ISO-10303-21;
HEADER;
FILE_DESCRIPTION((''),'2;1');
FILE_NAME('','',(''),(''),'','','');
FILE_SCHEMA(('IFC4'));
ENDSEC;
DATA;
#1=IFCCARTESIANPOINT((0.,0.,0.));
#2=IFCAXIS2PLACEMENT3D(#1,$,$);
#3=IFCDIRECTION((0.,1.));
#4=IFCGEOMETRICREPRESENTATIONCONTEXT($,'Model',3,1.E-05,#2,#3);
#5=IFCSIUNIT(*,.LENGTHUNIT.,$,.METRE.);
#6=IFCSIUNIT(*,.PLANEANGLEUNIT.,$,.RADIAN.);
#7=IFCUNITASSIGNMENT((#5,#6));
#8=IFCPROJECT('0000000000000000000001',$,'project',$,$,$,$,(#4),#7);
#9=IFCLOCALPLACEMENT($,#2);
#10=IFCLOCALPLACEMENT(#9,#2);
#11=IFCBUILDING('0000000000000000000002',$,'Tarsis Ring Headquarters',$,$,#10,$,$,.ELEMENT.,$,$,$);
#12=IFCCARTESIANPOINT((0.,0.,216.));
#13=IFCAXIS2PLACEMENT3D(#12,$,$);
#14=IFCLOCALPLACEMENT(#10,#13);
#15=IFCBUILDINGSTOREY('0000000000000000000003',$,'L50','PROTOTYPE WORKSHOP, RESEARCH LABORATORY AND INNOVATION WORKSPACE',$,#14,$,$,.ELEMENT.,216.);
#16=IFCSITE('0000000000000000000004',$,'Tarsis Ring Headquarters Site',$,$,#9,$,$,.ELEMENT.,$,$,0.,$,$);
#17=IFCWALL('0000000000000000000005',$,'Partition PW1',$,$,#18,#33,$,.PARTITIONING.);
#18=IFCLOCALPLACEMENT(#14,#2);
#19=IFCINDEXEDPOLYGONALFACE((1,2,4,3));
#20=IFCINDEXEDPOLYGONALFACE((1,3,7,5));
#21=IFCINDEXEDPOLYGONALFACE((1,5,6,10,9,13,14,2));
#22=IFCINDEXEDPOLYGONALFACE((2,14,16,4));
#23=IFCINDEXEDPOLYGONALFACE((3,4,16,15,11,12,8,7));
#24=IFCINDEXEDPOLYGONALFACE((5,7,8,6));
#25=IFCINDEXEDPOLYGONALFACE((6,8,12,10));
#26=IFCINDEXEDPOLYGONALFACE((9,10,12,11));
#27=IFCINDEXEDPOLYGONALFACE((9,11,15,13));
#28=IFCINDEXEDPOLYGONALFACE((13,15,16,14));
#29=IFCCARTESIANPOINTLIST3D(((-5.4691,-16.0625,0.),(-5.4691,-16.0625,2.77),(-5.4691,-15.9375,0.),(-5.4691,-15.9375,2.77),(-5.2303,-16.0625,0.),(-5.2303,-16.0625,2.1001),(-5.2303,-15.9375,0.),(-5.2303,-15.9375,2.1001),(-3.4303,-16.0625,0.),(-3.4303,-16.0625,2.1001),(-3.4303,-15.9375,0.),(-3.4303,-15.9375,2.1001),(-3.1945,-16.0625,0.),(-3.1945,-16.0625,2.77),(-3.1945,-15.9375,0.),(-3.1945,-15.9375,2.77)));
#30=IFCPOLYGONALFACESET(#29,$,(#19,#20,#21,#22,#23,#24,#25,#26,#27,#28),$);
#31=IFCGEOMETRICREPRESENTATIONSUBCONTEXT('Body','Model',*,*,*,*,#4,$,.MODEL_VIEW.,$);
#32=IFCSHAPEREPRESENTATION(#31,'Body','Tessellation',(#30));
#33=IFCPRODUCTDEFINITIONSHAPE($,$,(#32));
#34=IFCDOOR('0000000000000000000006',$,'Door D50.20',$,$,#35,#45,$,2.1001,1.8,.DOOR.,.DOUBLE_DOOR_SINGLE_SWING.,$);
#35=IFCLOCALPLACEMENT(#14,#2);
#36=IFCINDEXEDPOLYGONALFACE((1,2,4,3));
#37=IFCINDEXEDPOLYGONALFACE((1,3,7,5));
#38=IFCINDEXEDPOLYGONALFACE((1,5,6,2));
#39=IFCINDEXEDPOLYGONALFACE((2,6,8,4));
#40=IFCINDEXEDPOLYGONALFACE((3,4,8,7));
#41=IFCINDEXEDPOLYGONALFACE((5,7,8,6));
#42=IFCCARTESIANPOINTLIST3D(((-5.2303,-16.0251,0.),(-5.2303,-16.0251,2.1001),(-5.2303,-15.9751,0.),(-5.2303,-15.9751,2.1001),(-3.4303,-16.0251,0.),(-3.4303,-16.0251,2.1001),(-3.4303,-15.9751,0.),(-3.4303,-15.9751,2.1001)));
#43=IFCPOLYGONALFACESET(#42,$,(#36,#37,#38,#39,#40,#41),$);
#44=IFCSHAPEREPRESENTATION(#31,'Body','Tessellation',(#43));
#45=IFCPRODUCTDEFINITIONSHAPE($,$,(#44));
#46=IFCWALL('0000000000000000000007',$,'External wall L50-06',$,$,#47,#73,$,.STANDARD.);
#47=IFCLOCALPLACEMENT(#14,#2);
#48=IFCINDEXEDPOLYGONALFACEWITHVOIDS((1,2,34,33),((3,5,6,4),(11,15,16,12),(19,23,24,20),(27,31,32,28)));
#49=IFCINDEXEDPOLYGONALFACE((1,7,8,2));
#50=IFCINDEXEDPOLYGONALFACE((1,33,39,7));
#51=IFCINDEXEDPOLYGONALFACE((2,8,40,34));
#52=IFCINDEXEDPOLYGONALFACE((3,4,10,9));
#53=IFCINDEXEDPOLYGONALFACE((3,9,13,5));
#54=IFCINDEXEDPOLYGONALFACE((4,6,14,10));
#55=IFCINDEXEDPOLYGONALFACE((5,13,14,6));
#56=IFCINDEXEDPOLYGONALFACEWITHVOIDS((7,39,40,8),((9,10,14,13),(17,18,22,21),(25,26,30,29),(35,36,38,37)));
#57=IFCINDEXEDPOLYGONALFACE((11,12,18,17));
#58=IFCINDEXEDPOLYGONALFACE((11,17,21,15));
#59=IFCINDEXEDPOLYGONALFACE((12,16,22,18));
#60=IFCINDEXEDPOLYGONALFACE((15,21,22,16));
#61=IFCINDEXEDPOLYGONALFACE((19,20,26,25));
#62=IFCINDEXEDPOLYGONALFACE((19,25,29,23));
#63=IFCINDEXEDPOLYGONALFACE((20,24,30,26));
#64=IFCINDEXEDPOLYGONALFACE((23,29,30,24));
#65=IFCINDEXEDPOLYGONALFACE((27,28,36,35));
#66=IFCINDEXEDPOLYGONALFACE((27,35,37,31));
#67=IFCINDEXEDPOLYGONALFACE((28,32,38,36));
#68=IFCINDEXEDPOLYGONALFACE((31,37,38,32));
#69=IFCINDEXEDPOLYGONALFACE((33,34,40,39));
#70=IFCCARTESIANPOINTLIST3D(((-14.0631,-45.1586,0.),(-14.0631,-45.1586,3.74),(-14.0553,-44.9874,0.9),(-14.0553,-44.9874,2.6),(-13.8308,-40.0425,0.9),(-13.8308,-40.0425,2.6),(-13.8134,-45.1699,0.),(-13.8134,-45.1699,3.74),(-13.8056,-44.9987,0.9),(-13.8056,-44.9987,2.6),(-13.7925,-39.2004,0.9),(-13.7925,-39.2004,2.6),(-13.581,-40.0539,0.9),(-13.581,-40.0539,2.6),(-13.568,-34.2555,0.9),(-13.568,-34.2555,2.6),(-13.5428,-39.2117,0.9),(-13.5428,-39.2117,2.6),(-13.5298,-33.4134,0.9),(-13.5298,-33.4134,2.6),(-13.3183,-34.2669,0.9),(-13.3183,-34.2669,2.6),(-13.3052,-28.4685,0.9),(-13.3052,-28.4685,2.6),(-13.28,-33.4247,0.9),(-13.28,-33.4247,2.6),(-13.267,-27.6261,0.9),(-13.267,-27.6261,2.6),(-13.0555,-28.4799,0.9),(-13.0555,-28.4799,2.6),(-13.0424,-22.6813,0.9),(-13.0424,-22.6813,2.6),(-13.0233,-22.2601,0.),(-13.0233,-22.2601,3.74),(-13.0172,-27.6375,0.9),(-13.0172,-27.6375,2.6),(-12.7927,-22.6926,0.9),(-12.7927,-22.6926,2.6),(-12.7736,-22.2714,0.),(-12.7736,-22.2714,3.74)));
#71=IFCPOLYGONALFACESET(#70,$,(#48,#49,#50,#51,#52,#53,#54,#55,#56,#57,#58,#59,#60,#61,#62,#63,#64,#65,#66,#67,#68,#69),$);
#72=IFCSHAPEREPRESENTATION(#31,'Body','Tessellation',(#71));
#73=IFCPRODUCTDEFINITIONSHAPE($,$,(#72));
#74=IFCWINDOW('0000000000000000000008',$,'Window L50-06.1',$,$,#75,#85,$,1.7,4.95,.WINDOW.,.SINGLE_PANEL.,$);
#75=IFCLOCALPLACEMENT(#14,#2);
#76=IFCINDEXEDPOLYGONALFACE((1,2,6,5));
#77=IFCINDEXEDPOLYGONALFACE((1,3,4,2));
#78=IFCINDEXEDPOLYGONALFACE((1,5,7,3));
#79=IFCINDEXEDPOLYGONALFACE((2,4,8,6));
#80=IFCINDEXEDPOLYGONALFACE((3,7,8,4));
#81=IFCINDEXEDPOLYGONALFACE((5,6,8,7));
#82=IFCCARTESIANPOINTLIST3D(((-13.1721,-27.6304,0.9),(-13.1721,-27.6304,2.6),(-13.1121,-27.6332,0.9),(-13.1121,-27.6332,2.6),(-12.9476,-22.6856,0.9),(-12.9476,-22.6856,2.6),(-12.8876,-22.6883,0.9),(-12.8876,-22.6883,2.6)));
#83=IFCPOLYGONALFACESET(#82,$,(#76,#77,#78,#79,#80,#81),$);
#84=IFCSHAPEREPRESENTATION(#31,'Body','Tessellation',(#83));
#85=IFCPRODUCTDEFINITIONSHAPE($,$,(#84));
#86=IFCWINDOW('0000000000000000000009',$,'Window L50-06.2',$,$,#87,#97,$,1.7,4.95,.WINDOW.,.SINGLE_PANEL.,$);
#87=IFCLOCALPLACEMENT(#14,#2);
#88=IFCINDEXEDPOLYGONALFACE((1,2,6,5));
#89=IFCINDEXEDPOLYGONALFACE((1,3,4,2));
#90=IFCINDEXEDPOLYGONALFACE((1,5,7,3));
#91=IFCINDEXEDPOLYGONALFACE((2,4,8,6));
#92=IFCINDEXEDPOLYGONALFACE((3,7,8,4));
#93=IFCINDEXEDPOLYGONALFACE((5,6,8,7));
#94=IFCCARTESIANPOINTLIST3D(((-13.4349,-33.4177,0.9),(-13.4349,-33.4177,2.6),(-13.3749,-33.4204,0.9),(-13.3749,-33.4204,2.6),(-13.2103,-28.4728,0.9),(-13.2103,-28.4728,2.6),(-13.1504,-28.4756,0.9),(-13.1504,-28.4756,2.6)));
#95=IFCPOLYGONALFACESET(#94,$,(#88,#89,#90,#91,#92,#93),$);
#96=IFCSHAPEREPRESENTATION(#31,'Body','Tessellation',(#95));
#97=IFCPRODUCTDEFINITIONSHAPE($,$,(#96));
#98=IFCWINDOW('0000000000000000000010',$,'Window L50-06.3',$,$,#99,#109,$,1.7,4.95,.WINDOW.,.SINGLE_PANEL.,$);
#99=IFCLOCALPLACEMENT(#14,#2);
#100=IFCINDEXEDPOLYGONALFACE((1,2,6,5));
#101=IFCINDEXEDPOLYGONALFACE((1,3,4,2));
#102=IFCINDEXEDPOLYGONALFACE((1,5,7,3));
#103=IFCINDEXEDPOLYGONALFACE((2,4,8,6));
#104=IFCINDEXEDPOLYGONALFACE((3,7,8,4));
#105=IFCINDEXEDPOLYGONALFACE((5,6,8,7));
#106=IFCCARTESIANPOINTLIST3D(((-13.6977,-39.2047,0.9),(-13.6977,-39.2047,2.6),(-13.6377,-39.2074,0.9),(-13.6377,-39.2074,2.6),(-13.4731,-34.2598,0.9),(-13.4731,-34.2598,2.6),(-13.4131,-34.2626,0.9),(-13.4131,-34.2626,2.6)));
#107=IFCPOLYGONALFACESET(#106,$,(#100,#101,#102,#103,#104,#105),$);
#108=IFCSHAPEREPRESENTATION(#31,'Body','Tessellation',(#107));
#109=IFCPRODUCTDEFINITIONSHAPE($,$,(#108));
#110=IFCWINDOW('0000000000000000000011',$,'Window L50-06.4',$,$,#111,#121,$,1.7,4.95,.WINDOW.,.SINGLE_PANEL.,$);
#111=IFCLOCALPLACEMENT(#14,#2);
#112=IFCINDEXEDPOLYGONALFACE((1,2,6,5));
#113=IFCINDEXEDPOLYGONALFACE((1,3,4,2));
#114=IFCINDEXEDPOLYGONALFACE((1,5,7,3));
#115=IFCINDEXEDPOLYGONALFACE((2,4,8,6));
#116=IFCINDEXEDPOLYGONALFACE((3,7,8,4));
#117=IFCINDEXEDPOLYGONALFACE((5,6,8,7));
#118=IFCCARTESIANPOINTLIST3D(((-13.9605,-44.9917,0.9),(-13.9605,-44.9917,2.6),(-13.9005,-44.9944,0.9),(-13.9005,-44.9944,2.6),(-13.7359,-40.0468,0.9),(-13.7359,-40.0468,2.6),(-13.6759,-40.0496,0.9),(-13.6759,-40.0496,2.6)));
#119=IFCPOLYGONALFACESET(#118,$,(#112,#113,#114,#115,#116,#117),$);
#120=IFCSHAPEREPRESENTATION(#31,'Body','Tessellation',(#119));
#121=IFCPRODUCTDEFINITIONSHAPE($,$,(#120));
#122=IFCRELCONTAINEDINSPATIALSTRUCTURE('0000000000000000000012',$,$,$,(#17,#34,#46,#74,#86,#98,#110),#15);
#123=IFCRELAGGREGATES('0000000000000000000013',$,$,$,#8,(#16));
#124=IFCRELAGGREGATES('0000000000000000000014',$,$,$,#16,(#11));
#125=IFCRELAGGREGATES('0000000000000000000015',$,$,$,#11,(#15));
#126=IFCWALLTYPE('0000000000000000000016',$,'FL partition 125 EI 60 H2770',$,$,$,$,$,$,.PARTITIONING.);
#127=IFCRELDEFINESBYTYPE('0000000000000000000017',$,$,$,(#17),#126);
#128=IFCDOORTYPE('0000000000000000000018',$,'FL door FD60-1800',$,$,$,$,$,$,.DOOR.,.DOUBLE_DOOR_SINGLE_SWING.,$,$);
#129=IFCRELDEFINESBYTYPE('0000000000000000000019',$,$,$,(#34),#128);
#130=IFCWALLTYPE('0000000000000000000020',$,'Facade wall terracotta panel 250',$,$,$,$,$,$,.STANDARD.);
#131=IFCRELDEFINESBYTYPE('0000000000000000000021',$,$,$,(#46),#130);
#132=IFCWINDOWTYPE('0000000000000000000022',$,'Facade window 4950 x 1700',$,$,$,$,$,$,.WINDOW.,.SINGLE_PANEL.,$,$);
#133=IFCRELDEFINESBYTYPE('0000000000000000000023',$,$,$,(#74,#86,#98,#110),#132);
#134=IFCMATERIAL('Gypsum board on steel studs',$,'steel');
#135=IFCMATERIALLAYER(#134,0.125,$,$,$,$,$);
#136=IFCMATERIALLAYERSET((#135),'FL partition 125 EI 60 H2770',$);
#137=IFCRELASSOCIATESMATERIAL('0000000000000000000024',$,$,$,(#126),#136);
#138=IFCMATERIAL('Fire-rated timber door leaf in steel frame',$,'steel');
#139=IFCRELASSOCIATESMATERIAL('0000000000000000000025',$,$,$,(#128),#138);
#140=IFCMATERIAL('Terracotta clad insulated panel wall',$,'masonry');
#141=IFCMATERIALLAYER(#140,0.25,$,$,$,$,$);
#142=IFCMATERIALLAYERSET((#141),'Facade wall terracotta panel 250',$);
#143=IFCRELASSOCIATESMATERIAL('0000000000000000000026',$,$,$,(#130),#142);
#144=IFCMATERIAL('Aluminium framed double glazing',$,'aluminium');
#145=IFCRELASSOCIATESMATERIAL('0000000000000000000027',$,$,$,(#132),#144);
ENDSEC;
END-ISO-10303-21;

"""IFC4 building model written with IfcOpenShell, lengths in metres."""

from ifc_helpers import new_model, si_unit, direction, frame, frame_2d, origin, place, context, subcontext, project, spatial, rectangle, extrude, material, layer, layer_set, type_object, element, fill, save


model = new_model("IFC4")

# Units and contexts
model_context = context("Model", 3, precision=1e-05, world=origin(), true_north=direction((0.0, 1.0)))
body_context = subcontext(model_context, "Body", "Model", "MODEL_VIEW")
ifc_project = project(units=[si_unit("LENGTHUNIT", "METRE"), si_unit("PLANEANGLEUNIT", "RADIAN")], contexts=[model_context])

# Site, building, storey
site_placement = place(None, origin())
site = spatial("IfcSite", under=ifc_project, at=site_placement, Name="Tarsis Ring Headquarters Site", CompositionType="ELEMENT", RefElevation=0.0)
building_placement = place(site_placement, origin())
building = spatial("IfcBuilding", under=site, at=building_placement, Name="Tarsis Ring Headquarters", CompositionType="ELEMENT")
storey_placement = place(building_placement, frame((0.0, 0.0, 216.0)))
storey = spatial("IfcBuildingStorey", under=building, at=storey_placement, Name="L50", Description="PROTOTYPE WORKSHOP, RESEARCH LABORATORY AND INNOVATION WORKSPACE", CompositionType="ELEMENT", Elevation=216.0)

# Shared definitions
ifc_material_1 = material(Name="Gypsum board on steel studs", Category="steel")
ifc_layer_1 = layer(ifc_material_1, 0.125)
ifc_layer_set_1 = layer_set([ifc_layer_1], Name="FL partition 125 EI 60 H2770")
wall_type_1 = type_object("IfcWallType", Name="FL partition 125 EI 60 H2770", PredefinedType="PARTITIONING", material=ifc_layer_set_1)

# Wall, opening, door
wall_1_placement = place(storey_placement, frame((-5.469, -16.0, 0.0), z_axis=(0.0, 0.0, 1.0), x_axis=(1.0, 0.0, 0.0)))
wall_1 = element("IfcWall", 1, at=wall_1_placement, inside=storey, type_object=wall_type_1, Name="Partition PW1", PredefinedType="PARTITIONING", context=body_context, shape_type="SweptSolid", body=[
    extrude(rectangle(XDim=2.2747, YDim=0.125, at=frame_2d((1.1372, 0.0))), origin(), (0.0, 0.0, 1.0), 2.77),
])
opening_1_placement = place(wall_1_placement, frame((0.2388, 0.0, 0.0)))
opening_1 = element("IfcOpeningElement", 2, at=opening_1_placement, cuts=wall_1, PredefinedType="OPENING", context=body_context, shape_type="SweptSolid", body=[
    extrude(rectangle(XDim=1.8, YDim=2.1001, at=frame_2d((0.8999, 1.05))), frame((0.0, 0.0725, 0.0), z_axis=(0.0, -1.0, 0.0), x_axis=(1.0, 0.0, 0.0)), (0.0, 0.0, 1.0), 0.145),
])
ifc_material_2 = material(Name="Fire-rated timber door leaf in steel frame", Category="steel")
door_type_1 = type_object("IfcDoorType", Name="FL door FD60-1800", OperationType="DOUBLE_DOOR_SINGLE_SWING", PredefinedType="DOOR", material=ifc_material_2)
door_1_placement = place(opening_1_placement, origin())
door_1 = element("IfcDoor", 3, at=door_1_placement, inside=storey, type_object=door_type_1, Name="Door D50.20", OperationType="DOUBLE_DOOR_SINGLE_SWING", OverallHeight=2.1001, OverallWidth=1.8, PredefinedType="DOOR", context=body_context, shape_type="SweptSolid", body=[
    extrude(rectangle(XDim=1.8, YDim=2.1001, at=frame_2d((0.8999, 1.05))), frame((0.0, 0.0249, 0.0), z_axis=(0.0, -1.0, 0.0), x_axis=(1.0, 0.0, 0.0)), (0.0, 0.0, 1.0), 0.05),
])
fill(opening_1, door_1)

# Wall, openings, windows
ifc_material_3 = material(Name="Terracotta clad insulated panel wall", Category="masonry")
ifc_layer_2 = layer(ifc_material_3, 0.25)
ifc_layer_set_2 = layer_set([ifc_layer_2], Name="Facade wall terracotta panel 250")
wall_type_2 = type_object("IfcWallType", Name="Facade wall terracotta panel 250", PredefinedType="STANDARD", material=ifc_layer_set_2)
wall_2_placement = place(storey_placement, frame((-12.8984, -22.2659, 0.0), z_axis=(0.0, 0.0, 1.0), x_axis=(-0.045362, -0.998971, 0.0)))
wall_2 = element("IfcWall", 4, at=wall_2_placement, inside=storey, type_object=wall_type_2, Name="External wall L50-06", PredefinedType="STANDARD", context=body_context, shape_type="SweptSolid", body=[
    extrude(rectangle(XDim=22.9221, YDim=0.25, at=frame_2d((11.4609, 0.0))), origin(), (0.0, 0.0, 1.0), 3.74),
])
opening_2_placement = place(wall_2_placement, frame((0.4214, 0.0, 0.8999)))
opening_2 = element("IfcOpeningElement", 5, at=opening_2_placement, cuts=wall_2, PredefinedType="OPENING", context=body_context, shape_type="SweptSolid", body=[
    extrude(rectangle(XDim=4.95, YDim=1.7, at=frame_2d((2.4751, 0.8501))), frame((0.0, 0.135, 0.0), z_axis=(0.0, -1.0, 0.0), x_axis=(1.0, 0.0, 0.0)), (0.0, 0.0, 1.0), 0.27),
])
opening_3_placement = place(wall_2_placement, frame((6.2146, 0.0, 0.8999)))
opening_3 = element("IfcOpeningElement", 6, at=opening_3_placement, cuts=wall_2, PredefinedType="OPENING", context=body_context, shape_type="SweptSolid", body=[
    extrude(rectangle(XDim=4.95, YDim=1.7, at=frame_2d((2.4751, 0.8501))), frame((0.0, 0.135, 0.0), z_axis=(0.0, -1.0, 0.0), x_axis=(1.0, 0.0, 0.0)), (0.0, 0.0, 1.0), 0.27),
])
opening_4_placement = place(wall_2_placement, frame((12.0076, 0.0, 0.8999)))
opening_4 = element("IfcOpeningElement", 7, at=opening_4_placement, cuts=wall_2, PredefinedType="OPENING", context=body_context, shape_type="SweptSolid", body=[
    extrude(rectangle(XDim=4.95, YDim=1.7, at=frame_2d((2.4751, 0.8501))), frame((0.0, 0.135, 0.0), z_axis=(0.0, -1.0, 0.0), x_axis=(1.0, 0.0, 0.0)), (0.0, 0.0, 1.0), 0.27),
])
opening_5_placement = place(wall_2_placement, frame((17.8005, 0.0, 0.8999)))
opening_5 = element("IfcOpeningElement", 8, at=opening_5_placement, cuts=wall_2, PredefinedType="OPENING", context=body_context, shape_type="SweptSolid", body=[
    extrude(rectangle(XDim=4.95, YDim=1.7, at=frame_2d((2.4751, 0.8501))), frame((0.0, 0.135, 0.0), z_axis=(0.0, -1.0, 0.0), x_axis=(1.0, 0.0, 0.0)), (0.0, 0.0, 1.0), 0.27),
])
ifc_material_4 = material(Name="Aluminium framed double glazing", Category="aluminium")
window_type = type_object("IfcWindowType", Name="Facade window 4950 x 1700", PartitioningType="SINGLE_PANEL", PredefinedType="WINDOW", material=ifc_material_4)
window_1_placement = place(opening_2_placement, origin())
window_1 = element("IfcWindow", 9, at=window_1_placement, inside=storey, type_object=window_type, Name="Window L50-06.1", OverallHeight=1.7, OverallWidth=4.95, PartitioningType="SINGLE_PANEL", PredefinedType="WINDOW", context=body_context, shape_type="SweptSolid", body=[
    extrude(rectangle(XDim=4.95, YDim=1.7, at=frame_2d((2.4751, 0.8501))), frame((0.0, 0.03, 0.0), z_axis=(0.0, -1.0, 0.0), x_axis=(1.0, 0.0, 0.0)), (0.0, 0.0, 1.0), 0.0601),
])
fill(opening_2, window_1)
window_2_placement = place(opening_3_placement, origin())
window_2 = element("IfcWindow", 10, at=window_2_placement, inside=storey, type_object=window_type, Name="Window L50-06.2", OverallHeight=1.7, OverallWidth=4.95, PartitioningType="SINGLE_PANEL", PredefinedType="WINDOW", context=body_context, shape_type="SweptSolid", body=[
    extrude(rectangle(XDim=4.95, YDim=1.7, at=frame_2d((2.4751, 0.8501))), frame((0.0, 0.03, 0.0), z_axis=(0.0, -1.0, 0.0), x_axis=(1.0, 0.0, 0.0)), (0.0, 0.0, 1.0), 0.0601),
])
fill(opening_3, window_2)
window_3_placement = place(opening_4_placement, origin())
window_3 = element("IfcWindow", 11, at=window_3_placement, inside=storey, type_object=window_type, Name="Window L50-06.3", OverallHeight=1.7, OverallWidth=4.95, PartitioningType="SINGLE_PANEL", PredefinedType="WINDOW", context=body_context, shape_type="SweptSolid", body=[
    extrude(rectangle(XDim=4.95, YDim=1.7, at=frame_2d((2.4751, 0.8501))), frame((0.0, 0.03, 0.0), z_axis=(0.0, -1.0, 0.0), x_axis=(1.0, 0.0, 0.0)), (0.0, 0.0, 1.0), 0.0601),
])
fill(opening_4, window_3)
window_4_placement = place(opening_5_placement, origin())
window_4 = element("IfcWindow", 12, at=window_4_placement, inside=storey, type_object=window_type, Name="Window L50-06.4", OverallHeight=1.7, OverallWidth=4.95, PartitioningType="SINGLE_PANEL", PredefinedType="WINDOW", context=body_context, shape_type="SweptSolid", body=[
    extrude(rectangle(XDim=4.95, YDim=1.7, at=frame_2d((2.4751, 0.8501))), frame((0.0, 0.03, 0.0), z_axis=(0.0, -1.0, 0.0), x_axis=(1.0, 0.0, 0.0)), (0.0, 0.0, 1.0), 0.0601),
])
fill(opening_5, window_4)

save(model, "model.ifc")
